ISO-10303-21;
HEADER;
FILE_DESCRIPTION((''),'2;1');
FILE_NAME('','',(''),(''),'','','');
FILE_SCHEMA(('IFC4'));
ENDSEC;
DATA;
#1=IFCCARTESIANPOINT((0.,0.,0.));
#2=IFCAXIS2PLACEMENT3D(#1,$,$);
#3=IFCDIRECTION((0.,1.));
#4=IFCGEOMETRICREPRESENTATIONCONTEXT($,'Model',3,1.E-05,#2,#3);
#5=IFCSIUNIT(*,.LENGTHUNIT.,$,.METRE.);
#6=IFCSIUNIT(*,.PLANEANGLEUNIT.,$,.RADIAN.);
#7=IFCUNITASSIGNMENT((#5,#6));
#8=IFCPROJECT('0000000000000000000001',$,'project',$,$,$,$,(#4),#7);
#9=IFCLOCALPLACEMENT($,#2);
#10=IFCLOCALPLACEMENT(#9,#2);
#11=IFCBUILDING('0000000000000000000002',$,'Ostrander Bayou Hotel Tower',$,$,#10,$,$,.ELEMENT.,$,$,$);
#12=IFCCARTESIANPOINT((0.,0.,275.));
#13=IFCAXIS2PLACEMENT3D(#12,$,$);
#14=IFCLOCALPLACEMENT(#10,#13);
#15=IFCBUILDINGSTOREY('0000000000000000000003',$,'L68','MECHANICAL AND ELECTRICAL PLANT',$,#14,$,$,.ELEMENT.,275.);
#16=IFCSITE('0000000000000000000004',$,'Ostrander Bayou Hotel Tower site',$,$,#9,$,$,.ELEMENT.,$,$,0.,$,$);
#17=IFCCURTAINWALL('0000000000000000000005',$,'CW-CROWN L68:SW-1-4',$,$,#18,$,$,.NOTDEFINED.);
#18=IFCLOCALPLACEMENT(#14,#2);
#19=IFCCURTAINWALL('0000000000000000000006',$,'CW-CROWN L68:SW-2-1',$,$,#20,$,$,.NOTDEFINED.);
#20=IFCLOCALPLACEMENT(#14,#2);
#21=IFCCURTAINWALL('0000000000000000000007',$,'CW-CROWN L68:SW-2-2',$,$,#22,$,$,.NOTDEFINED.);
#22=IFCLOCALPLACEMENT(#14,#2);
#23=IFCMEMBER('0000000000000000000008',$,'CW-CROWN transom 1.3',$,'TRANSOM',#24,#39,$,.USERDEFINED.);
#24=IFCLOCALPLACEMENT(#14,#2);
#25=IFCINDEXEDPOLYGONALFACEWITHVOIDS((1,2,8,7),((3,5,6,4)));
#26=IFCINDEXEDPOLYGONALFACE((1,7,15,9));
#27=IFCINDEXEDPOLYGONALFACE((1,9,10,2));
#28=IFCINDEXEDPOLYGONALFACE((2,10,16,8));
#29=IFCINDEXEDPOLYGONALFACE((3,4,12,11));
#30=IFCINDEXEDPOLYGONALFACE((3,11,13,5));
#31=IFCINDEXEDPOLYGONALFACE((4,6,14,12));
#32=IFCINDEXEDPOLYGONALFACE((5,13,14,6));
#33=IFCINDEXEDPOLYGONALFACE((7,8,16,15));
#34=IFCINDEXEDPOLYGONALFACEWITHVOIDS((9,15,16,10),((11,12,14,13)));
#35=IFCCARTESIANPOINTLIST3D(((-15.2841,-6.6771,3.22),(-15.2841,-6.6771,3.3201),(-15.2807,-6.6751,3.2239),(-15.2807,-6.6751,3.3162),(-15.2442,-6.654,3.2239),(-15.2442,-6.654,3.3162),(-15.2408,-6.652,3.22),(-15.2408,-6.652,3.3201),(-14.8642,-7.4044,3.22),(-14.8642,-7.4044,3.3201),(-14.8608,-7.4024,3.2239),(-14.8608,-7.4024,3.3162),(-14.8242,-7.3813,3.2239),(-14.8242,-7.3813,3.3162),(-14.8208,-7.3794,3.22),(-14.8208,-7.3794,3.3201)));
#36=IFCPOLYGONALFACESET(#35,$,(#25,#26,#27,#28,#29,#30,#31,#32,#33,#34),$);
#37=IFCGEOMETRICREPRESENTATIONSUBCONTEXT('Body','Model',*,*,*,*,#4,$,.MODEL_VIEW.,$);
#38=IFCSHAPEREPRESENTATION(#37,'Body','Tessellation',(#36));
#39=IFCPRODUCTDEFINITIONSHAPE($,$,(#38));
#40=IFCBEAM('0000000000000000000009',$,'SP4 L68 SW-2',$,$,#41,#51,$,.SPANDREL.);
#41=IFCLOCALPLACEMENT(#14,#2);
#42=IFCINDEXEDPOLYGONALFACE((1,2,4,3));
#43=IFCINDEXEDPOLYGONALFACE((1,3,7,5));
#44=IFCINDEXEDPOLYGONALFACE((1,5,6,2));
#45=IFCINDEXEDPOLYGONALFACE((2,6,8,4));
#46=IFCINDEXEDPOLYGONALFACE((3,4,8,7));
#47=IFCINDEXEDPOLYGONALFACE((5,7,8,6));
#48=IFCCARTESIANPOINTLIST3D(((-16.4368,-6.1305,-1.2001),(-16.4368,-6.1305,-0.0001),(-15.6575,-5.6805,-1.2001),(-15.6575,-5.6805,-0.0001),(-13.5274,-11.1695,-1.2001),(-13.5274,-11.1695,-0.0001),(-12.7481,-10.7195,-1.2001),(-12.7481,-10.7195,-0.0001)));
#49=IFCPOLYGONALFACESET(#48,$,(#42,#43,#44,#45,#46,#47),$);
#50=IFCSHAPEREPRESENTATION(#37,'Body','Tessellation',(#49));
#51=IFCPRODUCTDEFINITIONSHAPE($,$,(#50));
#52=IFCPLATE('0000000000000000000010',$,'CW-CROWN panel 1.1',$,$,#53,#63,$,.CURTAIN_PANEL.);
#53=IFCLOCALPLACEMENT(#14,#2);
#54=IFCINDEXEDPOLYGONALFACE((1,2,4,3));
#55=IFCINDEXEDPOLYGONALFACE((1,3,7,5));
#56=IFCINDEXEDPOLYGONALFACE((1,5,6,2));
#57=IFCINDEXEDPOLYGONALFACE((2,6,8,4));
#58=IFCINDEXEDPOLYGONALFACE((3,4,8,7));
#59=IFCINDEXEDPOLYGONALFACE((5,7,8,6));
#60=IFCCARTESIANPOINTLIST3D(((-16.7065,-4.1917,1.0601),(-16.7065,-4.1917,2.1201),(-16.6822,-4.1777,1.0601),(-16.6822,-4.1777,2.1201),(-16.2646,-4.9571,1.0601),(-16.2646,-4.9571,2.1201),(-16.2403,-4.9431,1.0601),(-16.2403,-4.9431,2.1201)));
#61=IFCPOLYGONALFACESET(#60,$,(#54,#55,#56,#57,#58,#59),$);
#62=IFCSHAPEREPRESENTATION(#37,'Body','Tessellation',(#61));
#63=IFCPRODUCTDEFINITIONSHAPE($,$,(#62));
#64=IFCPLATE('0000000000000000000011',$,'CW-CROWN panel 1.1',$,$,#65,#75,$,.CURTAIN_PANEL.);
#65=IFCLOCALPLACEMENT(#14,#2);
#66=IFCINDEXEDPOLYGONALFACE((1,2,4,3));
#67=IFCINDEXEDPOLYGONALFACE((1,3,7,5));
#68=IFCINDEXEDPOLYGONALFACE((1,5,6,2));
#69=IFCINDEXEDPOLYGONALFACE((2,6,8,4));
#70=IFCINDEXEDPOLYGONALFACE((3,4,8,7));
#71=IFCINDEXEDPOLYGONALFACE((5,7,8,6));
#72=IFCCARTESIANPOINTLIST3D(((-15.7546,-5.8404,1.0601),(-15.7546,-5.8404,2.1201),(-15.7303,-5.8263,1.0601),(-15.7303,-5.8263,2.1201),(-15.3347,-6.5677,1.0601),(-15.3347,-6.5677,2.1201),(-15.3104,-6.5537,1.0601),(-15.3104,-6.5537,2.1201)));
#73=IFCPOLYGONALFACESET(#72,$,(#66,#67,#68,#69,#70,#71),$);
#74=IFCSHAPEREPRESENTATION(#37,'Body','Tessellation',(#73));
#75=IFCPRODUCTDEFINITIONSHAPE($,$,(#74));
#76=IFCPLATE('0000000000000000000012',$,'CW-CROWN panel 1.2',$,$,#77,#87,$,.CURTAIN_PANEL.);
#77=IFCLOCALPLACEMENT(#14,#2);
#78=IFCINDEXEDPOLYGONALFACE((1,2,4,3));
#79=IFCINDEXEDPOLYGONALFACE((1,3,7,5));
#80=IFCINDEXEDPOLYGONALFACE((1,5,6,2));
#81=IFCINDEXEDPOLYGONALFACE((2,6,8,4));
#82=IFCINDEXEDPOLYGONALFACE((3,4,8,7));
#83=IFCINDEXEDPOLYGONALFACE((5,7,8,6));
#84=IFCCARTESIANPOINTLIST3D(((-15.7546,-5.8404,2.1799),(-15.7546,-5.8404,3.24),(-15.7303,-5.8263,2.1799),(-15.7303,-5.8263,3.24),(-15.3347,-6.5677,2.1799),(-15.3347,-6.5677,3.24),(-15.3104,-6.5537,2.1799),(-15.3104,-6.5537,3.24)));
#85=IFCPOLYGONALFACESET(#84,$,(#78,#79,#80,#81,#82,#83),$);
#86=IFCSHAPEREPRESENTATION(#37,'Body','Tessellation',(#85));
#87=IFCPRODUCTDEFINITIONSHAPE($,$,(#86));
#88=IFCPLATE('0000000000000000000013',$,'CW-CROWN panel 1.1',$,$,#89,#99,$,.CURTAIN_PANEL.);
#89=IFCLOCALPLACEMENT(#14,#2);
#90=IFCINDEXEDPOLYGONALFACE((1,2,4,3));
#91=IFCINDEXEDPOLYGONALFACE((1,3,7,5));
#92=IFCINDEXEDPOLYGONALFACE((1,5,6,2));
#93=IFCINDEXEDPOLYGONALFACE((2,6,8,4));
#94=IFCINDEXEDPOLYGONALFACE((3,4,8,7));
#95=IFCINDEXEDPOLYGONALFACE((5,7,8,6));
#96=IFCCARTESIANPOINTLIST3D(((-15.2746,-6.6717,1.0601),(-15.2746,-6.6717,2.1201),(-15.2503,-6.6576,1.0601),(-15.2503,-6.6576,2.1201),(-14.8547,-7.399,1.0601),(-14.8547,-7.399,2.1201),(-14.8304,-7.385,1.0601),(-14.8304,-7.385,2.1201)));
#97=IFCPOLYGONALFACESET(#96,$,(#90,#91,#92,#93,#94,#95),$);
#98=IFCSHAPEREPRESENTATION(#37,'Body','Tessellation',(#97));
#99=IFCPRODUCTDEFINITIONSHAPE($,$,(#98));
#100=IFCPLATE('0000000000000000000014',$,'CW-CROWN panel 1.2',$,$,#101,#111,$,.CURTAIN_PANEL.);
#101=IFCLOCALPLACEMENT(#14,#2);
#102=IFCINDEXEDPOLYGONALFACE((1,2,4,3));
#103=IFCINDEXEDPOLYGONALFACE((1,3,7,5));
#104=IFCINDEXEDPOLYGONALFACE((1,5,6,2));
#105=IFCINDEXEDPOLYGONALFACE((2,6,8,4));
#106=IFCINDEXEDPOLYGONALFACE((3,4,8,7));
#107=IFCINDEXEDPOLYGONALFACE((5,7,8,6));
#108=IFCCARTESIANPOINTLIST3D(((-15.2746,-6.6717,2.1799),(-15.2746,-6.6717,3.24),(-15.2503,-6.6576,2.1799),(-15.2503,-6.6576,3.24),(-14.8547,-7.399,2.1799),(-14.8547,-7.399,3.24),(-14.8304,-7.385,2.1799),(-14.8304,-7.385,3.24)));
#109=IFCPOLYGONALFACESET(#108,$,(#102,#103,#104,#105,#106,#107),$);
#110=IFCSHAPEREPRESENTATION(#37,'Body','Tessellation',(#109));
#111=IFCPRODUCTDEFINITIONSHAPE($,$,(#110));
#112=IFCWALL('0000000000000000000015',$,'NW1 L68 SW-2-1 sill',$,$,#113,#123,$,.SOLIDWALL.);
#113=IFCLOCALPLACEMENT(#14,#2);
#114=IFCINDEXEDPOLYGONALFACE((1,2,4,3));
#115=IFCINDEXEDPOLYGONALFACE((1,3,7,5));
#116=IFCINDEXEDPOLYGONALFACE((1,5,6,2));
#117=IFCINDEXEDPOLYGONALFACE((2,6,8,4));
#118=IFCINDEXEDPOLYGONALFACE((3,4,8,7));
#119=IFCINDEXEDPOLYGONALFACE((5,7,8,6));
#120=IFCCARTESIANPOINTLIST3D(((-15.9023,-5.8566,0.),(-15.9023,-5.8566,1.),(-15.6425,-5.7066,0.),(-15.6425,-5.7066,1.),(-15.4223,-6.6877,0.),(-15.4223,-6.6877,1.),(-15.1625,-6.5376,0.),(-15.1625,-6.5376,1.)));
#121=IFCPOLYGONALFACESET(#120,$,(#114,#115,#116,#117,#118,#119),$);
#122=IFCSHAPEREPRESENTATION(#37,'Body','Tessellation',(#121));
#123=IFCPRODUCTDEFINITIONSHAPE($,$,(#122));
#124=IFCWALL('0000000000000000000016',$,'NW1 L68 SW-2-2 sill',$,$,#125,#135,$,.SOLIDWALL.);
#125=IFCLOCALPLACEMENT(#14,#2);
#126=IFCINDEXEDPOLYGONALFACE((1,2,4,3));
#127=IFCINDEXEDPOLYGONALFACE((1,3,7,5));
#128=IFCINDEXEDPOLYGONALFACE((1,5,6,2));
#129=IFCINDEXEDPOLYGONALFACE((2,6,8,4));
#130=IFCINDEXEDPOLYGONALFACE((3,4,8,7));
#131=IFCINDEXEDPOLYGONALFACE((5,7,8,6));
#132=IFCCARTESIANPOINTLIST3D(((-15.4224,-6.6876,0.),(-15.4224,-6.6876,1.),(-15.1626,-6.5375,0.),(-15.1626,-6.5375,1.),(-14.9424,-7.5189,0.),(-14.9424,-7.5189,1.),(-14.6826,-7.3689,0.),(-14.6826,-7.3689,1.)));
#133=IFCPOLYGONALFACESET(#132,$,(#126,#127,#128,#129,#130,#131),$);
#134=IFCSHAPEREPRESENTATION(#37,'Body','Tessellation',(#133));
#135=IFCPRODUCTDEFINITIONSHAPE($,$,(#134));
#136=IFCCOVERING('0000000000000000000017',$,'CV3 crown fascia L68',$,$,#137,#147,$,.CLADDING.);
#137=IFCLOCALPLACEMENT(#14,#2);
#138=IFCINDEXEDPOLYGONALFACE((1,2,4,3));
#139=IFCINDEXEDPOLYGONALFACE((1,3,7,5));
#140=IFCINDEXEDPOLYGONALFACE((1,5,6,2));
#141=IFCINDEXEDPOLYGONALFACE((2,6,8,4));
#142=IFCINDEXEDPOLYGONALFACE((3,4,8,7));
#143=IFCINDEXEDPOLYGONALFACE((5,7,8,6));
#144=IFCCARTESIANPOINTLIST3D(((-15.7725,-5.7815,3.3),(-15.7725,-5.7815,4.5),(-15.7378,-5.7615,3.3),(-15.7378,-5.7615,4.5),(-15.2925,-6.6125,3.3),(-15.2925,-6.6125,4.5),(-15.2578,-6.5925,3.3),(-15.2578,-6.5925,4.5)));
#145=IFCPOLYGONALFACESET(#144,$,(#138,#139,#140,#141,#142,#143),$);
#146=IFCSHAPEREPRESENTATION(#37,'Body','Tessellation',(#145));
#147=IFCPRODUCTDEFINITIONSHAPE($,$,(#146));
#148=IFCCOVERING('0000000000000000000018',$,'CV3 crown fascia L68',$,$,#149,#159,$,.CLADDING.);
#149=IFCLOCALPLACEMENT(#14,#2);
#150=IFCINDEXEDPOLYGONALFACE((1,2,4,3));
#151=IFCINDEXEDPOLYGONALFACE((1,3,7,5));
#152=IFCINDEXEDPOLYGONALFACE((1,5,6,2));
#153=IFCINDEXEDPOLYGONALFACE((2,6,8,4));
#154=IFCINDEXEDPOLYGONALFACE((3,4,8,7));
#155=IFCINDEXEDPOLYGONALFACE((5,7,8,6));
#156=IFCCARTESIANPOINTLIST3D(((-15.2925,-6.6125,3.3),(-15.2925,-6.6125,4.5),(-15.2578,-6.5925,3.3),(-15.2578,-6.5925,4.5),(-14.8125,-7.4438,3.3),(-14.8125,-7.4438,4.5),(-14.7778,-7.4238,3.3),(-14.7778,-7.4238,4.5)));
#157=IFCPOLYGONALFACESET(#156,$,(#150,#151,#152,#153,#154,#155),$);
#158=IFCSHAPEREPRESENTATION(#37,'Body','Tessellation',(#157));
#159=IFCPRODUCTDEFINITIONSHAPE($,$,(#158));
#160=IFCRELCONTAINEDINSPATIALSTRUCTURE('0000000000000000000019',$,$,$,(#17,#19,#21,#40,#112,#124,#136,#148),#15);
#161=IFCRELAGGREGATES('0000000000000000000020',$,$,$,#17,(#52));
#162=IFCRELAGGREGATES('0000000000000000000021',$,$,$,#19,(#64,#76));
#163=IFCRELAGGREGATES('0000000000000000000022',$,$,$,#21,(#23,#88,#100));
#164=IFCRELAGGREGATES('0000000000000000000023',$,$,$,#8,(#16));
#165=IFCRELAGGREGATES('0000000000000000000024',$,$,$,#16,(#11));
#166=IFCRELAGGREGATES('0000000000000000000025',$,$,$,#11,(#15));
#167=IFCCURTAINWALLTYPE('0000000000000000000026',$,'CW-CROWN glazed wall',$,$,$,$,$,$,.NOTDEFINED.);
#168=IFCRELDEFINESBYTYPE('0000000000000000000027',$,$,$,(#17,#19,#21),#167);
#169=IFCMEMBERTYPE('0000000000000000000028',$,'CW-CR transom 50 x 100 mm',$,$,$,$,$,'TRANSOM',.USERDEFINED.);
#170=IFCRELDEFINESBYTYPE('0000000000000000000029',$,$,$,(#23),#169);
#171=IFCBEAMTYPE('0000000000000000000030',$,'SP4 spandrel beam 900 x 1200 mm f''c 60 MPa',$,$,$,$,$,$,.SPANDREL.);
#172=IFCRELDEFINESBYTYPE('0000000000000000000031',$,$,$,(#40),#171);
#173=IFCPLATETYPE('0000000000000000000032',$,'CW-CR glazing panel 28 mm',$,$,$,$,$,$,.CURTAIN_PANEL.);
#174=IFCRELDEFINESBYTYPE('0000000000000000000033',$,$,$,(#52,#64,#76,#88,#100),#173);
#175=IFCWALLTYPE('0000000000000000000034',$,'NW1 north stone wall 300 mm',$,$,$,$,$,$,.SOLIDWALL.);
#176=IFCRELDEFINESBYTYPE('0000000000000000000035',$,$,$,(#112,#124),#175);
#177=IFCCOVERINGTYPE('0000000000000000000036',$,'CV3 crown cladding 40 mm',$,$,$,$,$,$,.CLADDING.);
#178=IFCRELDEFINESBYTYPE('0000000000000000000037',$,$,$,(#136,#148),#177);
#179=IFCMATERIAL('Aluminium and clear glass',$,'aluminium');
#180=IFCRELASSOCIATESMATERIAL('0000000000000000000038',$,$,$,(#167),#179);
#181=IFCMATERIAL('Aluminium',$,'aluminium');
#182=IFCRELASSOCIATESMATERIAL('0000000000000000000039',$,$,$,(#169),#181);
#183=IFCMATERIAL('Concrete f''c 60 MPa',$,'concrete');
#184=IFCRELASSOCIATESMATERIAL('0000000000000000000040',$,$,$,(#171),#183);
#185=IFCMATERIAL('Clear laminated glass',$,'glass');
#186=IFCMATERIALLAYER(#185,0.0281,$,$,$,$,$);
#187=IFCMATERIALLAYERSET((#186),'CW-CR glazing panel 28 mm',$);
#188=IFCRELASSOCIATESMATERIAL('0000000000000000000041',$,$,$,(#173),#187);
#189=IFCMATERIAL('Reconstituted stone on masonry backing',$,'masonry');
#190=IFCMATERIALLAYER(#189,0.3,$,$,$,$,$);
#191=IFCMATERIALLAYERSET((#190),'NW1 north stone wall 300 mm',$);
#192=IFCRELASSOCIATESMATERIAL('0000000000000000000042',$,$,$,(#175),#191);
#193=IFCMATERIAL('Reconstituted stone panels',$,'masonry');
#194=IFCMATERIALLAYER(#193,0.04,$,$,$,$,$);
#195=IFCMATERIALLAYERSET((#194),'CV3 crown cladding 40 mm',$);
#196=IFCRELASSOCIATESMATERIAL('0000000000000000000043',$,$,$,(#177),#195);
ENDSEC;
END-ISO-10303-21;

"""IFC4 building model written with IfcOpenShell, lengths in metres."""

from ifc_helpers import new_model, si_unit, direction, frame, frame_2d, origin, origin_2d, place, context, subcontext, project, spatial, polyline, rectangle, hollow_rectangle, outline, extrude, material, layer, layer_set, material_profile, profile_set, type_object, element, aggregate, save


model = new_model("IFC4")

# Units and contexts
model_context = context("Model", 3, precision=1e-05, world=origin(), true_north=direction((0.0, 1.0)))
body_context = subcontext(model_context, "Body", "Model", "MODEL_VIEW")
ifc_project = project(units=[si_unit("LENGTHUNIT", "METRE"), si_unit("PLANEANGLEUNIT", "RADIAN")], contexts=[model_context])

# Site, building, storey
site_placement = place(None, origin())
site = spatial("IfcSite", under=ifc_project, at=site_placement, Name="Ostrander Bayou Hotel Tower site", CompositionType="ELEMENT", RefElevation=0.0)
building_placement = place(site_placement, origin())
building = spatial("IfcBuilding", under=site, at=building_placement, Name="Ostrander Bayou Hotel Tower", CompositionType="ELEMENT")
storey_placement = place(building_placement, frame((0.0, 0.0, 275.0)))
storey = spatial("IfcBuildingStorey", under=building, at=storey_placement, Name="L68", Description="MECHANICAL AND ELECTRICAL PLANT", CompositionType="ELEMENT", Elevation=275.0)

# Curtain wall
ifc_material_1 = material(Name="Aluminium and clear glass", Category="aluminium")
curtain_wall_type = type_object("IfcCurtainWallType", Name="CW-CROWN glazed wall", PredefinedType="NOTDEFINED", material=ifc_material_1)
curtain_wall_1_placement = place(storey_placement, origin())
curtain_wall_1 = element("IfcCurtainWall", 1, at=curtain_wall_1_placement, inside=storey, type_object=curtain_wall_type, Name="CW-CROWN L68:SW-1-4", PredefinedType="NOTDEFINED")

# Curtain walls
curtain_wall_2_placement = place(storey_placement, origin())
curtain_wall_2 = element("IfcCurtainWall", 2, at=curtain_wall_2_placement, inside=storey, type_object=curtain_wall_type, Name="CW-CROWN L68:SW-2-1", PredefinedType="NOTDEFINED")
curtain_wall_3_placement = place(storey_placement, origin())
curtain_wall_3 = element("IfcCurtainWall", 3, at=curtain_wall_3_placement, inside=storey, type_object=curtain_wall_type, Name="CW-CROWN L68:SW-2-2", PredefinedType="NOTDEFINED")

# Member
ifc_material_2 = material(Name="Aluminium", Category="aluminium")
ifc_material_profile_1 = material_profile(ifc_material_2, hollow_rectangle(XDim=0.05, YDim=0.1001, WallThickness=0.0039, at=origin_2d()))
ifc_profile_set_1 = profile_set([ifc_material_profile_1], Name="Aluminium")
member_type_1 = type_object("IfcMemberType", Name="CW-CR transom 50 x 100 mm", ElementType="TRANSOM", PredefinedType="USERDEFINED", material=ifc_profile_set_1)
member_1_placement = place(storey_placement, frame((-15.2625, -6.6646, 3.27), z_axis=(0.500016, -0.866016, 0.0), x_axis=(0.866016, 0.500016, 0.0)))
member_1 = element("IfcMember", 4, at=member_1_placement, type_object=member_type_1, Name="CW-CROWN transom 1.3", ObjectType="TRANSOM", PredefinedType="USERDEFINED", context=body_context, shape_type="SweptSolid", body=[
    extrude(hollow_rectangle(XDim=0.05, YDim=0.1001, WallThickness=0.0039, at=origin_2d()), origin(), (0.0, 0.0, 1.0), 0.8398),
])

# Beam
ifc_material_3 = material(Name="Concrete f'c 60 MPa", Category="concrete")
ifc_material_profile_2 = material_profile(ifc_material_3, rectangle(XDim=0.8999, YDim=1.2, at=origin_2d()))
ifc_profile_set_2 = profile_set([ifc_material_profile_2], Name="Concrete f'c 60 MPa")
beam_type = type_object("IfcBeamType", Name="SP4 spandrel beam 900 x 1200 mm f'c 60 MPa", PredefinedType="SPANDREL", material=ifc_profile_set_2)
beam_placement = place(storey_placement, frame((-16.0471, -5.9055, -0.6001), z_axis=(0.500015, -0.866016, 0.0), x_axis=(0.866016, 0.500015, 0.0)))
element("IfcBeam", 5, at=beam_placement, inside=storey, type_object=beam_type, Name="SP4 L68 SW-2", PredefinedType="SPANDREL", context=body_context, shape_type="SweptSolid", body=[
    extrude(rectangle(XDim=0.8999, YDim=1.2, at=origin_2d()), origin(), (0.0, 0.0, 1.0), 5.8186),
])

# Plates
ifc_material_4 = material(Name="Clear laminated glass", Category="glass")
ifc_layer_1 = layer(ifc_material_4, 0.0281)
ifc_layer_set_1 = layer_set([ifc_layer_1], Name="CW-CR glazing panel 28 mm")
plate_type = type_object("IfcPlateType", Name="CW-CR glazing panel 28 mm", PredefinedType="CURTAIN_PANEL", material=ifc_layer_set_1)
plate_1_placement = place(storey_placement, frame((-16.4734, -4.5674, 1.0601), z_axis=(0.0, 0.0, 1.0), x_axis=(0.500007, -0.866021, 0.0)))
plate_1 = element("IfcPlate", 6, at=plate_1_placement, type_object=plate_type, Name="CW-CROWN panel 1.1", PredefinedType="CURTAIN_PANEL", context=body_context, shape_type="SweptSolid", body=[
    extrude(rectangle(XDim=0.8838, YDim=0.0281, at=origin_2d()), origin(), (0.0, 0.0, 1.0), 1.0601),
])
aggregate(curtain_wall_1, [plate_1])
plate_2_placement = place(storey_placement, frame((-15.5325, -6.197, 1.0601), z_axis=(0.0, 0.0, 1.0), x_axis=(0.500005, -0.866022, 0.0)))
plate_2 = element("IfcPlate", 7, at=plate_2_placement, type_object=plate_type, Name="CW-CROWN panel 1.1", PredefinedType="CURTAIN_PANEL", context=body_context, shape_type="SweptSolid", body=[
    extrude(rectangle(XDim=0.8398, YDim=0.0281, at=origin_2d()), origin(), (0.0, 0.0, 1.0), 1.0601),
])
plate_3_placement = place(storey_placement, frame((-15.5325, -6.197, 2.1799), z_axis=(0.0, 0.0, 1.0), x_axis=(0.500005, -0.866022, 0.0)))
plate_3 = element("IfcPlate", 8, at=plate_3_placement, type_object=plate_type, Name="CW-CROWN panel 1.2", PredefinedType="CURTAIN_PANEL", context=body_context, shape_type="SweptSolid", body=[
    extrude(rectangle(XDim=0.8398, YDim=0.0281, at=origin_2d()), origin(), (0.0, 0.0, 1.0), 1.0601),
])
aggregate(curtain_wall_2, [plate_2, plate_3])
plate_4_placement = place(storey_placement, frame((-15.0525, -7.0283, 1.0601), z_axis=(0.0, 0.0, 1.0), x_axis=(0.500005, -0.866022, 0.0)))
plate_4 = element("IfcPlate", 9, at=plate_4_placement, type_object=plate_type, Name="CW-CROWN panel 1.1", PredefinedType="CURTAIN_PANEL", context=body_context, shape_type="SweptSolid", body=[
    extrude(rectangle(XDim=0.8398, YDim=0.0281, at=origin_2d()), origin(), (0.0, 0.0, 1.0), 1.0601),
])
plate_5_placement = place(storey_placement, frame((-15.0525, -7.0283, 2.1799), z_axis=(0.0, 0.0, 1.0), x_axis=(0.500005, -0.866022, 0.0)))
plate_5 = element("IfcPlate", 10, at=plate_5_placement, type_object=plate_type, Name="CW-CROWN panel 1.2", PredefinedType="CURTAIN_PANEL", context=body_context, shape_type="SweptSolid", body=[
    extrude(rectangle(XDim=0.8398, YDim=0.0281, at=origin_2d()), origin(), (0.0, 0.0, 1.0), 1.0601),
])
aggregate(curtain_wall_3, [member_1, plate_4, plate_5])

# Walls
ifc_material_5 = material(Name="Reconstituted stone on masonry backing", Category="masonry")
ifc_layer_2 = layer(ifc_material_5, 0.3)
ifc_layer_set_2 = layer_set([ifc_layer_2], Name="NW1 north stone wall 300 mm")
wall_type = type_object("IfcWallType", Name="NW1 north stone wall 300 mm", PredefinedType="SOLIDWALL", material=ifc_layer_set_2)
wall_1_placement = place(storey_placement, frame((-15.7725, -5.7815, 0.0), z_axis=(0.0, 0.0, 1.0), x_axis=(0.500133, -0.865948, 0.0)))
element("IfcWall", 11, at=wall_1_placement, inside=storey, type_object=wall_type, Name="NW1 L68 SW-2-1 sill", PredefinedType="SOLIDWALL", context=body_context, shape_type="SweptSolid", body=[
    extrude(rectangle(XDim=0.9597, YDim=0.3, at=frame_2d((0.48, 0.0))), origin(), (0.0, 0.0, 1.0), 1.0),
])
wall_2_placement = place(storey_placement, frame((-15.2925, -6.6125, 0.0), z_axis=(0.0, 0.0, 1.0), x_axis=(0.500023, -0.866012, 0.0)))
element("IfcWall", 12, at=wall_2_placement, inside=storey, type_object=wall_type, Name="NW1 L68 SW-2-2 sill", PredefinedType="SOLIDWALL", context=body_context, shape_type="SweptSolid", body=[
    extrude(rectangle(XDim=0.96, YDim=0.3, at=frame_2d((0.48, 0.0))), origin(), (0.0, 0.0, 1.0), 1.0),
])

# Coverings
ifc_material_6 = material(Name="Reconstituted stone panels", Category="masonry")
ifc_layer_3 = layer(ifc_material_6, 0.04)
ifc_layer_set_3 = layer_set([ifc_layer_3], Name="CV3 crown cladding 40 mm")
covering_type = type_object("IfcCoveringType", Name="CV3 crown cladding 40 mm", PredefinedType="CLADDING", material=ifc_layer_set_3)
covering_1_placement = place(storey_placement, frame((-15.7725, -5.7815, 3.3), z_axis=(-0.865948, -0.500133, 0.0), x_axis=(0.500133, -0.865948, 0.0)))
element("IfcCovering", 13, at=covering_1_placement, inside=storey, type_object=covering_type, Name="CV3 crown fascia L68", PredefinedType="CLADDING", context=body_context, shape_type="SweptSolid", body=[
    extrude(outline(polyline([(0.0, 0.0), (0.9597, 0.0), (0.9597, 1.2), (0.0, 1.2), (0.0, 0.0)])), origin(), (0.0, 0.0, -1.0), 0.04),
])
covering_2_placement = place(storey_placement, frame((-15.2925, -6.6125, 3.3), z_axis=(-0.866012, -0.500023, 0.0), x_axis=(0.500023, -0.866012, 0.0)))
element("IfcCovering", 14, at=covering_2_placement, inside=storey, type_object=covering_type, Name="CV3 crown fascia L68", PredefinedType="CLADDING", context=body_context, shape_type="SweptSolid", body=[
    extrude(outline(polyline([(0.0, 0.0), (0.9599, 0.0), (0.9599, 1.2), (0.0, 1.2), (0.0, 0.0)])), origin(), (0.0, 0.0, -1.0), 0.04),
])

save(model, "model.ifc")
